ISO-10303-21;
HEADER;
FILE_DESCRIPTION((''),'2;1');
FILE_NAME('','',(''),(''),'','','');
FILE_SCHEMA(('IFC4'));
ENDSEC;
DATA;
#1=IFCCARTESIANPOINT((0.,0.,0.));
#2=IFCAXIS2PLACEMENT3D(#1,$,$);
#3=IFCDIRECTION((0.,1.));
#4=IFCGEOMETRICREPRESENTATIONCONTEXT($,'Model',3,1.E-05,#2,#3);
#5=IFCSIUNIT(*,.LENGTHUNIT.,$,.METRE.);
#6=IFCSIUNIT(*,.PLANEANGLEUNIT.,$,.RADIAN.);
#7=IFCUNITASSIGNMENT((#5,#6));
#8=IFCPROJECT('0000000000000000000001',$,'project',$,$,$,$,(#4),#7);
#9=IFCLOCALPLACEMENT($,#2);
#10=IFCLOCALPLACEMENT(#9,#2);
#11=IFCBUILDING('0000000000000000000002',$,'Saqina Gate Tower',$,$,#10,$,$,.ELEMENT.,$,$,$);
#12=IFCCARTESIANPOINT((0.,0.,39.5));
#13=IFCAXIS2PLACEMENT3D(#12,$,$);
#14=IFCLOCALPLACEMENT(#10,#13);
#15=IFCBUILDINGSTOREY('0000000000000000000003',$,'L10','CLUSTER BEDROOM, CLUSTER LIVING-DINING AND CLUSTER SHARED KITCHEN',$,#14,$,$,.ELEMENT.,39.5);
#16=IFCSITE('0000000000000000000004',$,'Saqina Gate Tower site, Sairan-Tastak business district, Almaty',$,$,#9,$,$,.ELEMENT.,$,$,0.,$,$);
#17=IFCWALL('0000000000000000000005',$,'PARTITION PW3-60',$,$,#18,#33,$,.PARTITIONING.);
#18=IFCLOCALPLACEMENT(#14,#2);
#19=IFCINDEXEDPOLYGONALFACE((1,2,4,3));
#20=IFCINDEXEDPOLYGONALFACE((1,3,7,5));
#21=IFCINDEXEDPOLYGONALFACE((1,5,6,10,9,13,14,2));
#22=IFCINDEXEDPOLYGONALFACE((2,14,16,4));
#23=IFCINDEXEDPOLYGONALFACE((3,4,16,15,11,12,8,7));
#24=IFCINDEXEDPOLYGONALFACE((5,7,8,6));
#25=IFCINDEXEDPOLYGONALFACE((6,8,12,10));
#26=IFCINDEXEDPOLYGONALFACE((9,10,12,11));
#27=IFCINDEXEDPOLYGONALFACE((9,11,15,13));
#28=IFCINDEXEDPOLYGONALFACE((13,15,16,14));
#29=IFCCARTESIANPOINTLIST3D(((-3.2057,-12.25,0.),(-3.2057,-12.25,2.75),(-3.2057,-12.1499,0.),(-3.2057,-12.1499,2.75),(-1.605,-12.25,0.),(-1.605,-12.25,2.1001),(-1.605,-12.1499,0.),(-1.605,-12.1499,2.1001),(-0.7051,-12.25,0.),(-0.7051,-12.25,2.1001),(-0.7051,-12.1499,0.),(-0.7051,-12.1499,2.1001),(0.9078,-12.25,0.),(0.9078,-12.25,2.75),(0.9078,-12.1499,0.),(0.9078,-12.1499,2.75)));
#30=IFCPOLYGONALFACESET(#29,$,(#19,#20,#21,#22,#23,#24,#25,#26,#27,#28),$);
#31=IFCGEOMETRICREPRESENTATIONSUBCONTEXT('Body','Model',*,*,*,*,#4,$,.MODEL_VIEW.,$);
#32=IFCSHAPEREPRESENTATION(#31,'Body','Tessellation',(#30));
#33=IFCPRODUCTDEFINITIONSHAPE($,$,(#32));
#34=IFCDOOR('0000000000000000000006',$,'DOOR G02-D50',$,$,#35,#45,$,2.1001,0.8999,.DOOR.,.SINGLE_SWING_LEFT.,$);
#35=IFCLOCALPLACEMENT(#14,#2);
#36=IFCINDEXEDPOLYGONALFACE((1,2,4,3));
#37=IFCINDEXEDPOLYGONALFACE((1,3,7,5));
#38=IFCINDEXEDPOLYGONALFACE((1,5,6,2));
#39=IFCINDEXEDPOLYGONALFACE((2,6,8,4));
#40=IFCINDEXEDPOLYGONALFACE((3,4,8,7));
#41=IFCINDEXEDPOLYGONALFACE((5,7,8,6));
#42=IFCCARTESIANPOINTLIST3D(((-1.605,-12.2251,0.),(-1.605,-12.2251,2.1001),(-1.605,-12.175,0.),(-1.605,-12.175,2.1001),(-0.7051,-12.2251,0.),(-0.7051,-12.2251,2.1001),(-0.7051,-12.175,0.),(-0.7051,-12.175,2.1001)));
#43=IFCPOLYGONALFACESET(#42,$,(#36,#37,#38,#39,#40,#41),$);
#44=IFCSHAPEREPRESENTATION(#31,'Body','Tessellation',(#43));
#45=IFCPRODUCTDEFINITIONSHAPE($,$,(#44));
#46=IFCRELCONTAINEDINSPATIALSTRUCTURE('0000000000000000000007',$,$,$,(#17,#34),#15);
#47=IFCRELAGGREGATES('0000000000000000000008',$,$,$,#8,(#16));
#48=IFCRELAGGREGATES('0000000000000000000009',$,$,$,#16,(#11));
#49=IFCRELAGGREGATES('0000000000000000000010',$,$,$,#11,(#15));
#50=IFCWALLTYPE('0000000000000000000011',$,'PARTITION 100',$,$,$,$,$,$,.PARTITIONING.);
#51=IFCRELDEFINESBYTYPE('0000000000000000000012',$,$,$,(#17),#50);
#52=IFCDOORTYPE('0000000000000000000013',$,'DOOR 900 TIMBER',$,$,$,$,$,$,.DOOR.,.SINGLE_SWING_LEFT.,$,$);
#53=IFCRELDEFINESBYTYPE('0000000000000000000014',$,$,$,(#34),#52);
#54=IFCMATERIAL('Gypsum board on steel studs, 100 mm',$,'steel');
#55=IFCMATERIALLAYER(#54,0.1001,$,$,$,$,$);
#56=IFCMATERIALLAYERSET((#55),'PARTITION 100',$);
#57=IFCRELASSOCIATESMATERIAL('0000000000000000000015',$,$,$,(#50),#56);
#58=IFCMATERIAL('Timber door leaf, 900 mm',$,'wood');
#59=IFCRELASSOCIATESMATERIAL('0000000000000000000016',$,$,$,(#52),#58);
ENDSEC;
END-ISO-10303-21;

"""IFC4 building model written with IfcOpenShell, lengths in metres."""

from ifc_helpers import new_model, si_unit, direction, frame, frame_2d, origin, place, context, subcontext, project, spatial, rectangle, extrude, material, layer, layer_set, type_object, element, fill, save


model = new_model("IFC4")

# Units and contexts
model_context = context("Model", 3, precision=1e-05, world=origin(), true_north=direction((0.0, 1.0)))
body_context = subcontext(model_context, "Body", "Model", "MODEL_VIEW")
ifc_project = project(units=[si_unit("LENGTHUNIT", "METRE"), si_unit("PLANEANGLEUNIT", "RADIAN")], contexts=[model_context])

# Site, building, storey
site_placement = place(None, origin())
site = spatial("IfcSite", under=ifc_project, at=site_placement, Name="Saqina Gate Tower site, Sairan-Tastak business district, Almaty", CompositionType="ELEMENT", RefElevation=0.0)
building_placement = place(site_placement, origin())
building = spatial("IfcBuilding", under=site, at=building_placement, Name="Saqina Gate Tower", CompositionType="ELEMENT")
storey_placement = place(building_placement, frame((0.0, 0.0, 39.5)))
storey = spatial("IfcBuildingStorey", under=building, at=storey_placement, Name="L10", Description="CLUSTER BEDROOM, CLUSTER LIVING-DINING AND CLUSTER SHARED KITCHEN", CompositionType="ELEMENT", Elevation=39.5)

# Wall, opening, door
ifc_material_1 = material(Name="Gypsum board on steel studs, 100 mm", Category="steel")
ifc_layer_1 = layer(ifc_material_1, 0.1001)
ifc_layer_set_1 = layer_set([ifc_layer_1], Name="PARTITION 100")
wall_type_1 = type_object("IfcWallType", Name="PARTITION 100", PredefinedType="PARTITIONING", material=ifc_layer_set_1)
wall_1_placement = place(storey_placement, frame((-3.2056, -12.2, 0.0), z_axis=(0.0, 0.0, 1.0), x_axis=(1.0, 0.0, 0.0)))
wall_1 = element("IfcWall", 1, at=wall_1_placement, inside=storey, type_object=wall_type_1, Name="PARTITION PW3-60", PredefinedType="PARTITIONING", context=body_context, shape_type="SweptSolid", body=[
    extrude(rectangle(XDim=4.1135, YDim=0.1001, at=frame_2d((2.0566, 0.0))), origin(), (0.0, 0.0, 1.0), 2.75),
])
opening_1_placement = place(wall_1_placement, frame((1.6006, 0.0, 0.0)))
opening_1 = element("IfcOpeningElement", 2, at=opening_1_placement, cuts=wall_1, PredefinedType="OPENING", context=body_context, shape_type="SweptSolid", body=[
    extrude(rectangle(XDim=0.8999, YDim=2.1001, at=frame_2d((0.45, 1.05))), frame((0.0, 0.062, 0.0), z_axis=(0.0, -1.0, 0.0), x_axis=(1.0, 0.0, 0.0)), (0.0, 0.0, 1.0), 0.124),
])
ifc_material_2 = material(Name="Timber door leaf, 900 mm", Category="wood")
door_type = type_object("IfcDoorType", Name="DOOR 900 TIMBER", OperationType="SINGLE_SWING_LEFT", PredefinedType="DOOR", material=ifc_material_2)
door_placement = place(opening_1_placement, origin())
door = element("IfcDoor", 3, at=door_placement, inside=storey, type_object=door_type, Name="DOOR G02-D50", OperationType="SINGLE_SWING_LEFT", OverallHeight=2.1001, OverallWidth=0.8999, PredefinedType="DOOR", context=body_context, shape_type="SweptSolid", body=[
    extrude(rectangle(XDim=0.8999, YDim=2.1001, at=frame_2d((0.45, 1.05))), frame((0.0, 0.0249, 0.0), z_axis=(0.0, -1.0, 0.0), x_axis=(1.0, 0.0, 0.0)), (0.0, 0.0, 1.0), 0.05),
])
fill(opening_1, door)

save(model, "model.ifc")
